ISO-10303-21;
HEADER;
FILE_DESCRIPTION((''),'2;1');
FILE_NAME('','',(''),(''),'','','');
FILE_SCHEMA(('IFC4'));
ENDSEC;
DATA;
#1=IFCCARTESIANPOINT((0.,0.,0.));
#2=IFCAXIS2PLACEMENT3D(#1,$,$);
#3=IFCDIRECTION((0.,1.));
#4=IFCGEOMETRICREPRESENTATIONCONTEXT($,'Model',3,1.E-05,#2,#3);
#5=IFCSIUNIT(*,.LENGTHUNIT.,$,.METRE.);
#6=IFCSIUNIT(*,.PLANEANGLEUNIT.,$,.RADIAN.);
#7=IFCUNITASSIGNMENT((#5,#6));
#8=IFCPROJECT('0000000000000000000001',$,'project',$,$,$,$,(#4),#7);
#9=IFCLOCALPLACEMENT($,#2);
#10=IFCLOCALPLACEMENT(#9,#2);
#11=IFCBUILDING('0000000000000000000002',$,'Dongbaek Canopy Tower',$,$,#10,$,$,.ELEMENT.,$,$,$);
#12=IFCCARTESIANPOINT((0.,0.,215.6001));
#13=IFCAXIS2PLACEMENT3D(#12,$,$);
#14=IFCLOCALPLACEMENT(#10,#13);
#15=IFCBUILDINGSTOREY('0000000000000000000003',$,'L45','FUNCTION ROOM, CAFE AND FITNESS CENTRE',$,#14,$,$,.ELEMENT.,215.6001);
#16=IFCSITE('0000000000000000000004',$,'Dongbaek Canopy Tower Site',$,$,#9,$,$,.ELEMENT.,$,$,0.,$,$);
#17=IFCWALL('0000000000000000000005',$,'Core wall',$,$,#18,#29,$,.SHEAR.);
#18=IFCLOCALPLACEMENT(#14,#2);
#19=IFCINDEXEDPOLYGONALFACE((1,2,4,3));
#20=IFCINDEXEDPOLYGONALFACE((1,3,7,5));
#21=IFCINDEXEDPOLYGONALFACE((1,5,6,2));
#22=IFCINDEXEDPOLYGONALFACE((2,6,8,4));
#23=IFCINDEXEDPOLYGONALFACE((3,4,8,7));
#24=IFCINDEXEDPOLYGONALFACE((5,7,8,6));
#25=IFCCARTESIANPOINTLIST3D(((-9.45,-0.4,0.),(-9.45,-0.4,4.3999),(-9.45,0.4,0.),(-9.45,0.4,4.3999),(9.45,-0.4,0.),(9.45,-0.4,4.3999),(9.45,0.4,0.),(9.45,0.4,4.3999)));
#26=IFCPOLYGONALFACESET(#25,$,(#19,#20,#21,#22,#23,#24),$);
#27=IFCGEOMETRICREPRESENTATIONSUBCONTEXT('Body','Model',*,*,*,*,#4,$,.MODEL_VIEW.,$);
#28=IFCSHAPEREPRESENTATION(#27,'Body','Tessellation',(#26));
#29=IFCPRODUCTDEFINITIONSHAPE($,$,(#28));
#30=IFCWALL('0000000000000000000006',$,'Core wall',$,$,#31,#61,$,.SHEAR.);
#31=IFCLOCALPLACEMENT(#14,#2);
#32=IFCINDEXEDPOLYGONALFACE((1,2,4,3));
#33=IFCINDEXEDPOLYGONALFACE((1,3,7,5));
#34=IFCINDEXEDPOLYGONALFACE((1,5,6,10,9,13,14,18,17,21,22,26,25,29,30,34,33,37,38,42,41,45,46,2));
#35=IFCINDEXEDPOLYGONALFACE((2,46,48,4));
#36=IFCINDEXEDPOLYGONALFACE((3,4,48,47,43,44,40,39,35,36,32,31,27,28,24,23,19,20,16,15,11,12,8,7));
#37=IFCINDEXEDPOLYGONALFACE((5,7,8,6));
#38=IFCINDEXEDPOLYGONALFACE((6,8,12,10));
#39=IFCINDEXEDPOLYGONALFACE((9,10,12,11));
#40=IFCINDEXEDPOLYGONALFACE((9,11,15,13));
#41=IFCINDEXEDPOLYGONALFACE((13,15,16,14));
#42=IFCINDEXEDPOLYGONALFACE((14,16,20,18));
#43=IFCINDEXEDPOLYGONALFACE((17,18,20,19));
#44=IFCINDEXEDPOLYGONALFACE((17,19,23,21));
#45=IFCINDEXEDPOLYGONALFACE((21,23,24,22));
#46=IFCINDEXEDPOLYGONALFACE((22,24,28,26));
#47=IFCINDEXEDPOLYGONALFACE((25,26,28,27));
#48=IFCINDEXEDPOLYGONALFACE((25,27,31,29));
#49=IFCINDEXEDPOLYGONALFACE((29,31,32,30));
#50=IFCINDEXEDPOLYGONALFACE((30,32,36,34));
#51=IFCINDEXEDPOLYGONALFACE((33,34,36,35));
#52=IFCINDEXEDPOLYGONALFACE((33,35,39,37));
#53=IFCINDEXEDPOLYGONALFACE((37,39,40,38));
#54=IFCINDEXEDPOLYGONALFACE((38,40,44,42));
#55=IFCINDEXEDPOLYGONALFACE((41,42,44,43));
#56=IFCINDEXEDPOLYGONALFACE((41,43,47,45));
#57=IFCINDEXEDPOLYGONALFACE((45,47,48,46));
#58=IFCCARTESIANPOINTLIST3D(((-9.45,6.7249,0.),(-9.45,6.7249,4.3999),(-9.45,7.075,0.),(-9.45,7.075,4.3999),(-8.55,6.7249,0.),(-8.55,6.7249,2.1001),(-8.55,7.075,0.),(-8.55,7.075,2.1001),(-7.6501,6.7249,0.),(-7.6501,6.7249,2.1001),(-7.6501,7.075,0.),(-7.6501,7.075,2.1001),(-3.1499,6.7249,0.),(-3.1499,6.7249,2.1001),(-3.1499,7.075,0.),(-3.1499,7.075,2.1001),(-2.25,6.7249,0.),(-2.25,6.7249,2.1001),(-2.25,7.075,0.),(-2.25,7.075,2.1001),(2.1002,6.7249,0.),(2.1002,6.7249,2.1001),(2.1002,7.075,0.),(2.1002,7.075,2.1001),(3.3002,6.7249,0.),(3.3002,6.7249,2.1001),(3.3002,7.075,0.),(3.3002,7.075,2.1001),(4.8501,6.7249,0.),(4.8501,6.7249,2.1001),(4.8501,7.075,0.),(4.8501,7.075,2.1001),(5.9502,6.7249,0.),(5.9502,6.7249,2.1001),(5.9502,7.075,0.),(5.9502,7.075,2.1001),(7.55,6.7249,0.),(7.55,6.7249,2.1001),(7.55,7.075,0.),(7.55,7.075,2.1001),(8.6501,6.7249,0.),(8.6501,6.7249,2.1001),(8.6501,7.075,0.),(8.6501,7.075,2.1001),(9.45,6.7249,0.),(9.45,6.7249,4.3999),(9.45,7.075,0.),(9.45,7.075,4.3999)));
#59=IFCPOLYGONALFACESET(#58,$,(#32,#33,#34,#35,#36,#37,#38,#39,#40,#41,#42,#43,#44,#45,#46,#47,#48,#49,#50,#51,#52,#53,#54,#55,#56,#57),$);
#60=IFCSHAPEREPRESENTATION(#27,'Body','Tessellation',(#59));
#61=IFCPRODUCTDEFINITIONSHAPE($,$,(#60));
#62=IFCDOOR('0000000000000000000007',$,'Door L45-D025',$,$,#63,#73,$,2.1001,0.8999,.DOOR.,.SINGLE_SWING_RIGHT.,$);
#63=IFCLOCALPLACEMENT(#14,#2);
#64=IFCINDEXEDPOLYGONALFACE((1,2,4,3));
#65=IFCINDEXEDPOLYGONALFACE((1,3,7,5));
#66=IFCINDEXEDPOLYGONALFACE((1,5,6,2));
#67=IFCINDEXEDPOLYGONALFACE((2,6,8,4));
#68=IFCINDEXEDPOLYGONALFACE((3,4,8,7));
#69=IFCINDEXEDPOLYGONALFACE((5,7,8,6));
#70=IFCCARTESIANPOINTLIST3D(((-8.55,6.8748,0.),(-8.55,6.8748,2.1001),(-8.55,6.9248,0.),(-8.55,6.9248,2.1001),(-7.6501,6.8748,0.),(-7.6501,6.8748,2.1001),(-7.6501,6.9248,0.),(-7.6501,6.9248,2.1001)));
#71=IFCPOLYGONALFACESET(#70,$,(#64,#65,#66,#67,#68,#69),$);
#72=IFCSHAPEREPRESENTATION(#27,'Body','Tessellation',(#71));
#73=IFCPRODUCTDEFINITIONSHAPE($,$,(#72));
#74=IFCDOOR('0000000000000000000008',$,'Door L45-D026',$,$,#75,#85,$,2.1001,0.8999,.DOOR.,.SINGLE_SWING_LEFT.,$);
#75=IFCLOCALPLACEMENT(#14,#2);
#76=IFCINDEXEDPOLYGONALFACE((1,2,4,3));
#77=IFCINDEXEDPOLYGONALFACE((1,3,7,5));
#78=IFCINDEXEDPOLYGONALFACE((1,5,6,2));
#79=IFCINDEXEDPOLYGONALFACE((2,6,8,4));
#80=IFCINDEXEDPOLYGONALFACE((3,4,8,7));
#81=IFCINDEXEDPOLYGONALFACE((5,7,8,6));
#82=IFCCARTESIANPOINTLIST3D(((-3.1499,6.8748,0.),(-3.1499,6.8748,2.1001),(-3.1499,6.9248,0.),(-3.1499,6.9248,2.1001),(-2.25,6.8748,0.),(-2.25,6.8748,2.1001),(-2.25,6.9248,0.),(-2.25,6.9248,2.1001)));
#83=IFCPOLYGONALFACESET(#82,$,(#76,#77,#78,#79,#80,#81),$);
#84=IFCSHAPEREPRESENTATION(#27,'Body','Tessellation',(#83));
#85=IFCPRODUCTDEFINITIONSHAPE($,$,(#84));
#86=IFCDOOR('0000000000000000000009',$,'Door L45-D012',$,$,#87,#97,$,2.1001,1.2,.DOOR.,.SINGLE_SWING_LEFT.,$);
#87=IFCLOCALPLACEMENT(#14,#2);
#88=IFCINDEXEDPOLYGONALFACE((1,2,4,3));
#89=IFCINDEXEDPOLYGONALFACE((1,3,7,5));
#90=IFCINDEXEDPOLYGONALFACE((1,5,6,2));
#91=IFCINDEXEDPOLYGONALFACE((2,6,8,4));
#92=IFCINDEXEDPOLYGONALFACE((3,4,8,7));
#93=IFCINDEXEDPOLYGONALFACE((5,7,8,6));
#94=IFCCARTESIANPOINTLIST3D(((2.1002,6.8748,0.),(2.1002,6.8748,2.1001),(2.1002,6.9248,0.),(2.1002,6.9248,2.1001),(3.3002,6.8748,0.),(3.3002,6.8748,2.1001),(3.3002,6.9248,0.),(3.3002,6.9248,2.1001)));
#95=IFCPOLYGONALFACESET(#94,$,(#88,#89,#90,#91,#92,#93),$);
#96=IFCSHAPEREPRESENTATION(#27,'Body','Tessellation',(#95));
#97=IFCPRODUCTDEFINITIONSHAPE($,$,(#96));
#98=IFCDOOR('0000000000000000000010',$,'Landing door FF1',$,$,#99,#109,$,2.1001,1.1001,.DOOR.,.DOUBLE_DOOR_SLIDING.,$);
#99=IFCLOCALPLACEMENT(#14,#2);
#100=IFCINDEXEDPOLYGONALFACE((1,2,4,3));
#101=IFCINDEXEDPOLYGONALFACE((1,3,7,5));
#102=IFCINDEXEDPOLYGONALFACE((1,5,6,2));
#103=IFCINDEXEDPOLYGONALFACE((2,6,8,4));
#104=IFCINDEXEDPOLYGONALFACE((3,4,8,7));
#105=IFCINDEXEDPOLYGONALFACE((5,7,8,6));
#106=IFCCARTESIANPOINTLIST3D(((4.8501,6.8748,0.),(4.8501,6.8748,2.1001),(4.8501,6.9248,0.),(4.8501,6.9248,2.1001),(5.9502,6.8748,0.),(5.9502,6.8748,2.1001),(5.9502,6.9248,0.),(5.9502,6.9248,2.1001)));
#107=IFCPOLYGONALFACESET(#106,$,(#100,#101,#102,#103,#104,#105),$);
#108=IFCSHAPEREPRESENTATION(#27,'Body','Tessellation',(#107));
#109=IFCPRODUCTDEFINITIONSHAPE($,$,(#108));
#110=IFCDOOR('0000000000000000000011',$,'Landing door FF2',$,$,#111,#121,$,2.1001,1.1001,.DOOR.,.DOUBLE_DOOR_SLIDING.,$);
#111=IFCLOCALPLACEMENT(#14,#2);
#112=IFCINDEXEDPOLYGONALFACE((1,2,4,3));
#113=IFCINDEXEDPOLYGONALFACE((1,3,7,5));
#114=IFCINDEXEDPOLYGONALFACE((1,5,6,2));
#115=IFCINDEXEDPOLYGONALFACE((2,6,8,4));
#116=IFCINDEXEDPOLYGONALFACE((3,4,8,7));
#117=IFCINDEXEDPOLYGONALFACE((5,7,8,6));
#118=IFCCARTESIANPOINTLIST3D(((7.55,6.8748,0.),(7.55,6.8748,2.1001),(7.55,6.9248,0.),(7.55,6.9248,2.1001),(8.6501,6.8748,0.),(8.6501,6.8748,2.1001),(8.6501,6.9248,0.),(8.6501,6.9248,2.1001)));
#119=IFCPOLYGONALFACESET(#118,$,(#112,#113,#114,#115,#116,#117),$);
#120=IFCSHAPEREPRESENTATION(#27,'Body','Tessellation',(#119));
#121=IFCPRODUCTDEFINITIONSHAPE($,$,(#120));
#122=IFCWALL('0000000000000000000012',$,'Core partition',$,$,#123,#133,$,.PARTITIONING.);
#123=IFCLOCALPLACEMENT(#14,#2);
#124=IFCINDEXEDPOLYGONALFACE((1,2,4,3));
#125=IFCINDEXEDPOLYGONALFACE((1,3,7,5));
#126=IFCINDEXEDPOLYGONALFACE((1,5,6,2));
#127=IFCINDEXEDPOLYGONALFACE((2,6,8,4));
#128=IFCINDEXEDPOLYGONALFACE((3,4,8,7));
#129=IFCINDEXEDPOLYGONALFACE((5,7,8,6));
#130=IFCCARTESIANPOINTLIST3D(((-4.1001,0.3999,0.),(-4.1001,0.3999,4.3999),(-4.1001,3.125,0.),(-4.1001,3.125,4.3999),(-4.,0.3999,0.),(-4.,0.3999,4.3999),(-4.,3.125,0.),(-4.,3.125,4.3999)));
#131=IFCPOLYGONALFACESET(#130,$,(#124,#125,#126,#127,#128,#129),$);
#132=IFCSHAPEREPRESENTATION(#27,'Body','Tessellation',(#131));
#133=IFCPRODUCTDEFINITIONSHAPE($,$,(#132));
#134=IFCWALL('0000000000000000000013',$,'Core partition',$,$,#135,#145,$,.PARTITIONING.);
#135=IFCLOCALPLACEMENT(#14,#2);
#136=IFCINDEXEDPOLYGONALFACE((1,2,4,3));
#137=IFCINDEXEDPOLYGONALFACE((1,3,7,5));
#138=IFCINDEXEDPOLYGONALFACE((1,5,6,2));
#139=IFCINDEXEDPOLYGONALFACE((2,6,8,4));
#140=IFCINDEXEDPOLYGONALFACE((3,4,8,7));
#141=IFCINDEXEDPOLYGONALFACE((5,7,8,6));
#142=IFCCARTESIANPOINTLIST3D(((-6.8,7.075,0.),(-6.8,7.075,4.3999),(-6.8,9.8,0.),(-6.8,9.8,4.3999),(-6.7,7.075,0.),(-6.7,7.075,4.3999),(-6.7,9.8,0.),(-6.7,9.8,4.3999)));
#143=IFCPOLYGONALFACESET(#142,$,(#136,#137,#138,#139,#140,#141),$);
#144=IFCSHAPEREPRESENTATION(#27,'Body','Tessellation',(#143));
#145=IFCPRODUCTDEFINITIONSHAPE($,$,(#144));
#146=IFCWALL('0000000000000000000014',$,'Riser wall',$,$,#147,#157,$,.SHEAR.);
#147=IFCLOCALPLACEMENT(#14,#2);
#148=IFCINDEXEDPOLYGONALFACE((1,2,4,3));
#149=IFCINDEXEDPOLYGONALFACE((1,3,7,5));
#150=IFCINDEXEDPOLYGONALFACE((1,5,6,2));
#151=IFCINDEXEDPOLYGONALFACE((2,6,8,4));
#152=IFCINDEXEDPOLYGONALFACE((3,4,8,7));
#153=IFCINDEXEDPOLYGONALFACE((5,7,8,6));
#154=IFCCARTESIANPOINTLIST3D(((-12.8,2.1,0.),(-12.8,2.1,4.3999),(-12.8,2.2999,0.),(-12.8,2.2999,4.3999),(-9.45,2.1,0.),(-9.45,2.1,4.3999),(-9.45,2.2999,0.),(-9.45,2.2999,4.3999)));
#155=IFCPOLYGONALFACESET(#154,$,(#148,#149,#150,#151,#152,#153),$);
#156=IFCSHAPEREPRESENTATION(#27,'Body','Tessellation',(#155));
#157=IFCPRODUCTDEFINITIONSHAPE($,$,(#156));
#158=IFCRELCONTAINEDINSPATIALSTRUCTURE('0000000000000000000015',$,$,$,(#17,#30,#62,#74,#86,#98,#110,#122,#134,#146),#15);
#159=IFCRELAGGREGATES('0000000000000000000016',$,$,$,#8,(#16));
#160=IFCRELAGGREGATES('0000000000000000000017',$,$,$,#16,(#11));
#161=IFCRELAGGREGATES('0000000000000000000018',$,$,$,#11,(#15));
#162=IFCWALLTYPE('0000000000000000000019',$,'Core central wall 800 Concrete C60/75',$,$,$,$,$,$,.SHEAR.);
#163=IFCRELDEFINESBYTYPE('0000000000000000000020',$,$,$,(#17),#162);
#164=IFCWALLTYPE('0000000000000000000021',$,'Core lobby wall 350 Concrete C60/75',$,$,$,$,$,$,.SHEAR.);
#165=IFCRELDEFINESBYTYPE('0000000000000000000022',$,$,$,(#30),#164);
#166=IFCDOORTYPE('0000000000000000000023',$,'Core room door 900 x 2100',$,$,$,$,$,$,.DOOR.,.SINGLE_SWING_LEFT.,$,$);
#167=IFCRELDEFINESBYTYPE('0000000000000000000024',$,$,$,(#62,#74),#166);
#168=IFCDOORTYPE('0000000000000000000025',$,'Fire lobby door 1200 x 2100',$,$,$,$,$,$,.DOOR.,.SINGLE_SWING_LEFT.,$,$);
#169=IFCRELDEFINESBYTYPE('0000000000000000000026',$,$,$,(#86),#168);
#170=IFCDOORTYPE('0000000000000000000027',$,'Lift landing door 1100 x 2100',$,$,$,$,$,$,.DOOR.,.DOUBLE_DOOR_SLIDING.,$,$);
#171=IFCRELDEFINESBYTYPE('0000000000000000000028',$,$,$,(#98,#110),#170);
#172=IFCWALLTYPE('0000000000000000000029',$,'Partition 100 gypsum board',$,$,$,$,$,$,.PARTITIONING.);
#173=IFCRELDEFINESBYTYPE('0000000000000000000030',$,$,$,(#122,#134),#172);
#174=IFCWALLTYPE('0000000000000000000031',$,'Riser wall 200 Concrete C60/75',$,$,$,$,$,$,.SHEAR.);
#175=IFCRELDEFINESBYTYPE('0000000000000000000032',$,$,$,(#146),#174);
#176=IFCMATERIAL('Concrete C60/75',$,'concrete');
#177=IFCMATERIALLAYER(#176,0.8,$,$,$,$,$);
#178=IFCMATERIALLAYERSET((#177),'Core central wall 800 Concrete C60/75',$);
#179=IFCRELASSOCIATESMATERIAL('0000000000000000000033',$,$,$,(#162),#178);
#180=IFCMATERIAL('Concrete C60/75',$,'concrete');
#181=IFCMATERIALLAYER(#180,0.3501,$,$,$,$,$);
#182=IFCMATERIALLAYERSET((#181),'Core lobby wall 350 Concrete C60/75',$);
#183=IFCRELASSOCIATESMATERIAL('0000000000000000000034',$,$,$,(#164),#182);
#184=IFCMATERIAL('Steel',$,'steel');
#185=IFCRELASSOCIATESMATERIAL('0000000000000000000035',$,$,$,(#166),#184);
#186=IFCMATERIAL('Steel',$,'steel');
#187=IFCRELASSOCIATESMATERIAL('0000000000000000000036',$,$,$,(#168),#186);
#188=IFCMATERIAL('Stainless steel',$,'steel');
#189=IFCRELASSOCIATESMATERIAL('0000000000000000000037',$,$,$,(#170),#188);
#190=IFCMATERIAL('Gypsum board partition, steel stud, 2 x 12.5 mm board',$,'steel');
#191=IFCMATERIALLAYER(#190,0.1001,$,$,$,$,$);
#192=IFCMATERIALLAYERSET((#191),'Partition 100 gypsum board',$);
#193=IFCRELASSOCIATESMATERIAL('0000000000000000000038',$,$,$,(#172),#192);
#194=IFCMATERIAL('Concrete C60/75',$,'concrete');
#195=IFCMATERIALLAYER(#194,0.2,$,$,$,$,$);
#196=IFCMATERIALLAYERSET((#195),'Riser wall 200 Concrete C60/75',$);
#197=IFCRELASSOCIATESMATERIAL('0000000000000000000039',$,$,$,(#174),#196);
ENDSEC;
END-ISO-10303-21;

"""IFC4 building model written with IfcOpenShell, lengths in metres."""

from ifc_helpers import new_model, si_unit, direction, frame, frame_2d, origin, place, context, subcontext, project, spatial, rectangle, extrude, material, layer, layer_set, type_object, element, fill, save


model = new_model("IFC4")

# Units and contexts
model_context = context("Model", 3, precision=1e-05, world=origin(), true_north=direction((0.0, 1.0)))
body_context = subcontext(model_context, "Body", "Model", "MODEL_VIEW")
ifc_project = project(units=[si_unit("LENGTHUNIT", "METRE"), si_unit("PLANEANGLEUNIT", "RADIAN")], contexts=[model_context])

# Site, building, storey
site_placement = place(None, origin())
site = spatial("IfcSite", under=ifc_project, at=site_placement, Name="Dongbaek Canopy Tower Site", CompositionType="ELEMENT", RefElevation=0.0)
building_placement = place(site_placement, origin())
building = spatial("IfcBuilding", under=site, at=building_placement, Name="Dongbaek Canopy Tower", CompositionType="ELEMENT")
storey_placement = place(building_placement, frame((0.0, 0.0, 215.6001)))
storey = spatial("IfcBuildingStorey", under=building, at=storey_placement, Name="L45", Description="FUNCTION ROOM, CAFE AND FITNESS CENTRE", CompositionType="ELEMENT", Elevation=215.6001)

# Wall
ifc_material_1 = material(Name="Concrete C60/75", Category="concrete")
ifc_layer_1 = layer(ifc_material_1, 0.8)
ifc_layer_set_1 = layer_set([ifc_layer_1], Name="Core central wall 800 Concrete C60/75")
wall_type_1 = type_object("IfcWallType", Name="Core central wall 800 Concrete C60/75", PredefinedType="SHEAR", material=ifc_layer_set_1)
wall_1_placement = place(storey_placement, frame((-9.45, 0.0, 0.0), z_axis=(0.0, 0.0, 1.0), x_axis=(1.0, 0.0, 0.0)))
element("IfcWall", 1, at=wall_1_placement, inside=storey, type_object=wall_type_1, Name="Core wall", PredefinedType="SHEAR", context=body_context, shape_type="SweptSolid", body=[
    extrude(rectangle(XDim=18.8999, YDim=0.8, at=frame_2d((9.45, 0.0))), origin(), (0.0, 0.0, 1.0), 4.3999),
])

# Wall, openings, doors
ifc_material_2 = material(Name="Concrete C60/75", Category="concrete")
ifc_layer_2 = layer(ifc_material_2, 0.3501)
ifc_layer_set_2 = layer_set([ifc_layer_2], Name="Core lobby wall 350 Concrete C60/75")
wall_type_2 = type_object("IfcWallType", Name="Core lobby wall 350 Concrete C60/75", PredefinedType="SHEAR", material=ifc_layer_set_2)
wall_2_placement = place(storey_placement, frame((-9.45, 6.8999, 0.0), z_axis=(0.0, 0.0, 1.0), x_axis=(1.0, 0.0, 0.0)))
wall_2 = element("IfcWall", 2, at=wall_2_placement, inside=storey, type_object=wall_type_2, Name="Core wall", PredefinedType="SHEAR", context=body_context, shape_type="SweptSolid", body=[
    extrude(rectangle(XDim=18.8999, YDim=0.3501, at=frame_2d((9.45, 0.0))), origin(), (0.0, 0.0, 1.0), 4.3999),
])
opening_1_placement = place(wall_2_placement, frame((11.55, 0.0, 0.0)))
opening_1 = element("IfcOpeningElement", 3, at=opening_1_placement, cuts=wall_2, PredefinedType="OPENING", context=body_context, shape_type="SweptSolid", body=[
    extrude(rectangle(XDim=1.2, YDim=2.1001, at=frame_2d((0.6001, 1.05))), frame((0.0, 0.1851, 0.0), z_axis=(0.0, -1.0, 0.0), x_axis=(1.0, 0.0, 0.0)), (0.0, 0.0, 1.0), 0.3701),
])
opening_2_placement = place(wall_2_placement, frame((14.3, 0.0, 0.0)))
opening_2 = element("IfcOpeningElement", 4, at=opening_2_placement, cuts=wall_2, PredefinedType="OPENING", context=body_context, shape_type="SweptSolid", body=[
    extrude(rectangle(XDim=1.1001, YDim=2.1001, at=frame_2d((0.55, 1.05))), frame((0.0, 0.1851, 0.0), z_axis=(0.0, -1.0, 0.0), x_axis=(1.0, 0.0, 0.0)), (0.0, 0.0, 1.0), 0.3701),
])
opening_3_placement = place(wall_2_placement, frame((17.0, 0.0, 0.0)))
opening_3 = element("IfcOpeningElement", 5, at=opening_3_placement, cuts=wall_2, PredefinedType="OPENING", context=body_context, shape_type="SweptSolid", body=[
    extrude(rectangle(XDim=1.1001, YDim=2.1001, at=frame_2d((0.55, 1.05))), frame((0.0, 0.1851, 0.0), z_axis=(0.0, -1.0, 0.0), x_axis=(1.0, 0.0, 0.0)), (0.0, 0.0, 1.0), 0.3701),
])
opening_4_placement = place(wall_2_placement, frame((0.8999, 0.0, 0.0)))
opening_4 = element("IfcOpeningElement", 6, at=opening_4_placement, cuts=wall_2, PredefinedType="OPENING", context=body_context, shape_type="SweptSolid", body=[
    extrude(rectangle(XDim=0.8999, YDim=2.1001, at=frame_2d((0.45, 1.05))), frame((0.0, 0.1851, 0.0), z_axis=(0.0, -1.0, 0.0), x_axis=(1.0, 0.0, 0.0)), (0.0, 0.0, 1.0), 0.3701),
])
opening_5_placement = place(wall_2_placement, frame((6.3, 0.0, 0.0)))
opening_5 = element("IfcOpeningElement", 7, at=opening_5_placement, cuts=wall_2, PredefinedType="OPENING", context=body_context, shape_type="SweptSolid", body=[
    extrude(rectangle(XDim=0.8999, YDim=2.1001, at=frame_2d((0.45, 1.05))), frame((0.0, 0.1851, 0.0), z_axis=(0.0, -1.0, 0.0), x_axis=(1.0, 0.0, 0.0)), (0.0, 0.0, 1.0), 0.3701),
])
ifc_material_3 = material(Name="Steel", Category="steel")
door_type_1 = type_object("IfcDoorType", Name="Core room door 900 x 2100", OperationType="SINGLE_SWING_LEFT", PredefinedType="DOOR", material=ifc_material_3)
door_1_placement = place(opening_4_placement, origin())
door_1 = element("IfcDoor", 8, at=door_1_placement, inside=storey, type_object=door_type_1, Name="Door L45-D025", OperationType="SINGLE_SWING_RIGHT", OverallHeight=2.1001, OverallWidth=0.8999, PredefinedType="DOOR", context=body_context, shape_type="SweptSolid", body=[
    extrude(rectangle(XDim=0.8999, YDim=2.1001, at=frame_2d((0.45, 1.05))), frame((0.0, 0.0249, 0.0), z_axis=(0.0, -1.0, 0.0), x_axis=(1.0, 0.0, 0.0)), (0.0, 0.0, 1.0), 0.05),
])
fill(opening_4, door_1)
door_2_placement = place(opening_5_placement, origin())
door_2 = element("IfcDoor", 9, at=door_2_placement, inside=storey, type_object=door_type_1, Name="Door L45-D026", OperationType="SINGLE_SWING_LEFT", OverallHeight=2.1001, OverallWidth=0.8999, PredefinedType="DOOR", context=body_context, shape_type="SweptSolid", body=[
    extrude(rectangle(XDim=0.8999, YDim=2.1001, at=frame_2d((0.45, 1.05))), frame((0.0, 0.0249, 0.0), z_axis=(0.0, -1.0, 0.0), x_axis=(1.0, 0.0, 0.0)), (0.0, 0.0, 1.0), 0.05),
])
fill(opening_5, door_2)
ifc_material_4 = material(Name="Steel", Category="steel")
door_type_2 = type_object("IfcDoorType", Name="Fire lobby door 1200 x 2100", OperationType="SINGLE_SWING_LEFT", PredefinedType="DOOR", material=ifc_material_4)
door_3_placement = place(opening_1_placement, origin())
door_3 = element("IfcDoor", 10, at=door_3_placement, inside=storey, type_object=door_type_2, Name="Door L45-D012", OperationType="SINGLE_SWING_LEFT", OverallHeight=2.1001, OverallWidth=1.2, PredefinedType="DOOR", context=body_context, shape_type="SweptSolid", body=[
    extrude(rectangle(XDim=1.2, YDim=2.1001, at=frame_2d((0.6001, 1.05))), frame((0.0, 0.0249, 0.0), z_axis=(0.0, -1.0, 0.0), x_axis=(1.0, 0.0, 0.0)), (0.0, 0.0, 1.0), 0.05),
])
fill(opening_1, door_3)
ifc_material_5 = material(Name="Stainless steel", Category="steel")
door_type_3 = type_object("IfcDoorType", Name="Lift landing door 1100 x 2100", OperationType="DOUBLE_DOOR_SLIDING", PredefinedType="DOOR", material=ifc_material_5)
door_4_placement = place(opening_2_placement, origin())
door_4 = element("IfcDoor", 11, at=door_4_placement, inside=storey, type_object=door_type_3, Name="Landing door FF1", OperationType="DOUBLE_DOOR_SLIDING", OverallHeight=2.1001, OverallWidth=1.1001, PredefinedType="DOOR", context=body_context, shape_type="SweptSolid", body=[
    extrude(rectangle(XDim=1.1001, YDim=2.1001, at=frame_2d((0.55, 1.05))), frame((0.0, 0.0249, 0.0), z_axis=(0.0, -1.0, 0.0), x_axis=(1.0, 0.0, 0.0)), (0.0, 0.0, 1.0), 0.05),
])
fill(opening_2, door_4)
door_5_placement = place(opening_3_placement, origin())
door_5 = element("IfcDoor", 12, at=door_5_placement, inside=storey, type_object=door_type_3, Name="Landing door FF2", OperationType="DOUBLE_DOOR_SLIDING", OverallHeight=2.1001, OverallWidth=1.1001, PredefinedType="DOOR", context=body_context, shape_type="SweptSolid", body=[
    extrude(rectangle(XDim=1.1001, YDim=2.1001, at=frame_2d((0.55, 1.05))), frame((0.0, 0.0249, 0.0), z_axis=(0.0, -1.0, 0.0), x_axis=(1.0, 0.0, 0.0)), (0.0, 0.0, 1.0), 0.05),
])
fill(opening_3, door_5)

# Walls
ifc_material_6 = material(Name="Gypsum board partition, steel stud, 2 x 12.5 mm board", Category="steel")
ifc_layer_3 = layer(ifc_material_6, 0.1001)
ifc_layer_set_3 = layer_set([ifc_layer_3], Name="Partition 100 gypsum board")
wall_type_3 = type_object("IfcWallType", Name="Partition 100 gypsum board", PredefinedType="PARTITIONING", material=ifc_layer_set_3)
for number, where, z_axis, x_axis, name in (
    (13, (-4.05, 0.3999, 0.0), (0.0, 0.0, 1.0), (0.0, 1.0, 0.0), "Core partition"),
    (14, (-6.75, 7.075, 0.0), (0.0, 0.0, 1.0), (0.0, 1.0, 0.0), "Core partition"),
):
    element("IfcWall", number, at=place(storey_placement, frame(where, z_axis=z_axis, x_axis=x_axis)), inside=storey, type_object=wall_type_3, Name=name, PredefinedType="PARTITIONING", context=body_context, shape_type="SweptSolid", body=[
        extrude(rectangle(XDim=2.7251, YDim=0.1001, at=frame_2d((1.3625, 0.0))), origin(), (0.0, 0.0, 1.0), 4.3999),
    ])
ifc_material_7 = material(Name="Concrete C60/75", Category="concrete")
ifc_layer_4 = layer(ifc_material_7, 0.2)
ifc_layer_set_4 = layer_set([ifc_layer_4], Name="Riser wall 200 Concrete C60/75")
wall_type_4 = type_object("IfcWallType", Name="Riser wall 200 Concrete C60/75", PredefinedType="SHEAR", material=ifc_layer_set_4)
wall_3_placement = place(storey_placement, frame((-9.45, 2.2, 0.0), z_axis=(0.0, 0.0, 1.0), x_axis=(-1.0, 0.0, 0.0)))
element("IfcWall", 15, at=wall_3_placement, inside=storey, type_object=wall_type_4, Name="Riser wall", PredefinedType="SHEAR", context=body_context, shape_type="SweptSolid", body=[
    extrude(rectangle(XDim=3.3501, YDim=0.2, at=frame_2d((1.675, 0.0))), origin(), (0.0, 0.0, 1.0), 4.3999),
])

save(model, "model.ifc")
